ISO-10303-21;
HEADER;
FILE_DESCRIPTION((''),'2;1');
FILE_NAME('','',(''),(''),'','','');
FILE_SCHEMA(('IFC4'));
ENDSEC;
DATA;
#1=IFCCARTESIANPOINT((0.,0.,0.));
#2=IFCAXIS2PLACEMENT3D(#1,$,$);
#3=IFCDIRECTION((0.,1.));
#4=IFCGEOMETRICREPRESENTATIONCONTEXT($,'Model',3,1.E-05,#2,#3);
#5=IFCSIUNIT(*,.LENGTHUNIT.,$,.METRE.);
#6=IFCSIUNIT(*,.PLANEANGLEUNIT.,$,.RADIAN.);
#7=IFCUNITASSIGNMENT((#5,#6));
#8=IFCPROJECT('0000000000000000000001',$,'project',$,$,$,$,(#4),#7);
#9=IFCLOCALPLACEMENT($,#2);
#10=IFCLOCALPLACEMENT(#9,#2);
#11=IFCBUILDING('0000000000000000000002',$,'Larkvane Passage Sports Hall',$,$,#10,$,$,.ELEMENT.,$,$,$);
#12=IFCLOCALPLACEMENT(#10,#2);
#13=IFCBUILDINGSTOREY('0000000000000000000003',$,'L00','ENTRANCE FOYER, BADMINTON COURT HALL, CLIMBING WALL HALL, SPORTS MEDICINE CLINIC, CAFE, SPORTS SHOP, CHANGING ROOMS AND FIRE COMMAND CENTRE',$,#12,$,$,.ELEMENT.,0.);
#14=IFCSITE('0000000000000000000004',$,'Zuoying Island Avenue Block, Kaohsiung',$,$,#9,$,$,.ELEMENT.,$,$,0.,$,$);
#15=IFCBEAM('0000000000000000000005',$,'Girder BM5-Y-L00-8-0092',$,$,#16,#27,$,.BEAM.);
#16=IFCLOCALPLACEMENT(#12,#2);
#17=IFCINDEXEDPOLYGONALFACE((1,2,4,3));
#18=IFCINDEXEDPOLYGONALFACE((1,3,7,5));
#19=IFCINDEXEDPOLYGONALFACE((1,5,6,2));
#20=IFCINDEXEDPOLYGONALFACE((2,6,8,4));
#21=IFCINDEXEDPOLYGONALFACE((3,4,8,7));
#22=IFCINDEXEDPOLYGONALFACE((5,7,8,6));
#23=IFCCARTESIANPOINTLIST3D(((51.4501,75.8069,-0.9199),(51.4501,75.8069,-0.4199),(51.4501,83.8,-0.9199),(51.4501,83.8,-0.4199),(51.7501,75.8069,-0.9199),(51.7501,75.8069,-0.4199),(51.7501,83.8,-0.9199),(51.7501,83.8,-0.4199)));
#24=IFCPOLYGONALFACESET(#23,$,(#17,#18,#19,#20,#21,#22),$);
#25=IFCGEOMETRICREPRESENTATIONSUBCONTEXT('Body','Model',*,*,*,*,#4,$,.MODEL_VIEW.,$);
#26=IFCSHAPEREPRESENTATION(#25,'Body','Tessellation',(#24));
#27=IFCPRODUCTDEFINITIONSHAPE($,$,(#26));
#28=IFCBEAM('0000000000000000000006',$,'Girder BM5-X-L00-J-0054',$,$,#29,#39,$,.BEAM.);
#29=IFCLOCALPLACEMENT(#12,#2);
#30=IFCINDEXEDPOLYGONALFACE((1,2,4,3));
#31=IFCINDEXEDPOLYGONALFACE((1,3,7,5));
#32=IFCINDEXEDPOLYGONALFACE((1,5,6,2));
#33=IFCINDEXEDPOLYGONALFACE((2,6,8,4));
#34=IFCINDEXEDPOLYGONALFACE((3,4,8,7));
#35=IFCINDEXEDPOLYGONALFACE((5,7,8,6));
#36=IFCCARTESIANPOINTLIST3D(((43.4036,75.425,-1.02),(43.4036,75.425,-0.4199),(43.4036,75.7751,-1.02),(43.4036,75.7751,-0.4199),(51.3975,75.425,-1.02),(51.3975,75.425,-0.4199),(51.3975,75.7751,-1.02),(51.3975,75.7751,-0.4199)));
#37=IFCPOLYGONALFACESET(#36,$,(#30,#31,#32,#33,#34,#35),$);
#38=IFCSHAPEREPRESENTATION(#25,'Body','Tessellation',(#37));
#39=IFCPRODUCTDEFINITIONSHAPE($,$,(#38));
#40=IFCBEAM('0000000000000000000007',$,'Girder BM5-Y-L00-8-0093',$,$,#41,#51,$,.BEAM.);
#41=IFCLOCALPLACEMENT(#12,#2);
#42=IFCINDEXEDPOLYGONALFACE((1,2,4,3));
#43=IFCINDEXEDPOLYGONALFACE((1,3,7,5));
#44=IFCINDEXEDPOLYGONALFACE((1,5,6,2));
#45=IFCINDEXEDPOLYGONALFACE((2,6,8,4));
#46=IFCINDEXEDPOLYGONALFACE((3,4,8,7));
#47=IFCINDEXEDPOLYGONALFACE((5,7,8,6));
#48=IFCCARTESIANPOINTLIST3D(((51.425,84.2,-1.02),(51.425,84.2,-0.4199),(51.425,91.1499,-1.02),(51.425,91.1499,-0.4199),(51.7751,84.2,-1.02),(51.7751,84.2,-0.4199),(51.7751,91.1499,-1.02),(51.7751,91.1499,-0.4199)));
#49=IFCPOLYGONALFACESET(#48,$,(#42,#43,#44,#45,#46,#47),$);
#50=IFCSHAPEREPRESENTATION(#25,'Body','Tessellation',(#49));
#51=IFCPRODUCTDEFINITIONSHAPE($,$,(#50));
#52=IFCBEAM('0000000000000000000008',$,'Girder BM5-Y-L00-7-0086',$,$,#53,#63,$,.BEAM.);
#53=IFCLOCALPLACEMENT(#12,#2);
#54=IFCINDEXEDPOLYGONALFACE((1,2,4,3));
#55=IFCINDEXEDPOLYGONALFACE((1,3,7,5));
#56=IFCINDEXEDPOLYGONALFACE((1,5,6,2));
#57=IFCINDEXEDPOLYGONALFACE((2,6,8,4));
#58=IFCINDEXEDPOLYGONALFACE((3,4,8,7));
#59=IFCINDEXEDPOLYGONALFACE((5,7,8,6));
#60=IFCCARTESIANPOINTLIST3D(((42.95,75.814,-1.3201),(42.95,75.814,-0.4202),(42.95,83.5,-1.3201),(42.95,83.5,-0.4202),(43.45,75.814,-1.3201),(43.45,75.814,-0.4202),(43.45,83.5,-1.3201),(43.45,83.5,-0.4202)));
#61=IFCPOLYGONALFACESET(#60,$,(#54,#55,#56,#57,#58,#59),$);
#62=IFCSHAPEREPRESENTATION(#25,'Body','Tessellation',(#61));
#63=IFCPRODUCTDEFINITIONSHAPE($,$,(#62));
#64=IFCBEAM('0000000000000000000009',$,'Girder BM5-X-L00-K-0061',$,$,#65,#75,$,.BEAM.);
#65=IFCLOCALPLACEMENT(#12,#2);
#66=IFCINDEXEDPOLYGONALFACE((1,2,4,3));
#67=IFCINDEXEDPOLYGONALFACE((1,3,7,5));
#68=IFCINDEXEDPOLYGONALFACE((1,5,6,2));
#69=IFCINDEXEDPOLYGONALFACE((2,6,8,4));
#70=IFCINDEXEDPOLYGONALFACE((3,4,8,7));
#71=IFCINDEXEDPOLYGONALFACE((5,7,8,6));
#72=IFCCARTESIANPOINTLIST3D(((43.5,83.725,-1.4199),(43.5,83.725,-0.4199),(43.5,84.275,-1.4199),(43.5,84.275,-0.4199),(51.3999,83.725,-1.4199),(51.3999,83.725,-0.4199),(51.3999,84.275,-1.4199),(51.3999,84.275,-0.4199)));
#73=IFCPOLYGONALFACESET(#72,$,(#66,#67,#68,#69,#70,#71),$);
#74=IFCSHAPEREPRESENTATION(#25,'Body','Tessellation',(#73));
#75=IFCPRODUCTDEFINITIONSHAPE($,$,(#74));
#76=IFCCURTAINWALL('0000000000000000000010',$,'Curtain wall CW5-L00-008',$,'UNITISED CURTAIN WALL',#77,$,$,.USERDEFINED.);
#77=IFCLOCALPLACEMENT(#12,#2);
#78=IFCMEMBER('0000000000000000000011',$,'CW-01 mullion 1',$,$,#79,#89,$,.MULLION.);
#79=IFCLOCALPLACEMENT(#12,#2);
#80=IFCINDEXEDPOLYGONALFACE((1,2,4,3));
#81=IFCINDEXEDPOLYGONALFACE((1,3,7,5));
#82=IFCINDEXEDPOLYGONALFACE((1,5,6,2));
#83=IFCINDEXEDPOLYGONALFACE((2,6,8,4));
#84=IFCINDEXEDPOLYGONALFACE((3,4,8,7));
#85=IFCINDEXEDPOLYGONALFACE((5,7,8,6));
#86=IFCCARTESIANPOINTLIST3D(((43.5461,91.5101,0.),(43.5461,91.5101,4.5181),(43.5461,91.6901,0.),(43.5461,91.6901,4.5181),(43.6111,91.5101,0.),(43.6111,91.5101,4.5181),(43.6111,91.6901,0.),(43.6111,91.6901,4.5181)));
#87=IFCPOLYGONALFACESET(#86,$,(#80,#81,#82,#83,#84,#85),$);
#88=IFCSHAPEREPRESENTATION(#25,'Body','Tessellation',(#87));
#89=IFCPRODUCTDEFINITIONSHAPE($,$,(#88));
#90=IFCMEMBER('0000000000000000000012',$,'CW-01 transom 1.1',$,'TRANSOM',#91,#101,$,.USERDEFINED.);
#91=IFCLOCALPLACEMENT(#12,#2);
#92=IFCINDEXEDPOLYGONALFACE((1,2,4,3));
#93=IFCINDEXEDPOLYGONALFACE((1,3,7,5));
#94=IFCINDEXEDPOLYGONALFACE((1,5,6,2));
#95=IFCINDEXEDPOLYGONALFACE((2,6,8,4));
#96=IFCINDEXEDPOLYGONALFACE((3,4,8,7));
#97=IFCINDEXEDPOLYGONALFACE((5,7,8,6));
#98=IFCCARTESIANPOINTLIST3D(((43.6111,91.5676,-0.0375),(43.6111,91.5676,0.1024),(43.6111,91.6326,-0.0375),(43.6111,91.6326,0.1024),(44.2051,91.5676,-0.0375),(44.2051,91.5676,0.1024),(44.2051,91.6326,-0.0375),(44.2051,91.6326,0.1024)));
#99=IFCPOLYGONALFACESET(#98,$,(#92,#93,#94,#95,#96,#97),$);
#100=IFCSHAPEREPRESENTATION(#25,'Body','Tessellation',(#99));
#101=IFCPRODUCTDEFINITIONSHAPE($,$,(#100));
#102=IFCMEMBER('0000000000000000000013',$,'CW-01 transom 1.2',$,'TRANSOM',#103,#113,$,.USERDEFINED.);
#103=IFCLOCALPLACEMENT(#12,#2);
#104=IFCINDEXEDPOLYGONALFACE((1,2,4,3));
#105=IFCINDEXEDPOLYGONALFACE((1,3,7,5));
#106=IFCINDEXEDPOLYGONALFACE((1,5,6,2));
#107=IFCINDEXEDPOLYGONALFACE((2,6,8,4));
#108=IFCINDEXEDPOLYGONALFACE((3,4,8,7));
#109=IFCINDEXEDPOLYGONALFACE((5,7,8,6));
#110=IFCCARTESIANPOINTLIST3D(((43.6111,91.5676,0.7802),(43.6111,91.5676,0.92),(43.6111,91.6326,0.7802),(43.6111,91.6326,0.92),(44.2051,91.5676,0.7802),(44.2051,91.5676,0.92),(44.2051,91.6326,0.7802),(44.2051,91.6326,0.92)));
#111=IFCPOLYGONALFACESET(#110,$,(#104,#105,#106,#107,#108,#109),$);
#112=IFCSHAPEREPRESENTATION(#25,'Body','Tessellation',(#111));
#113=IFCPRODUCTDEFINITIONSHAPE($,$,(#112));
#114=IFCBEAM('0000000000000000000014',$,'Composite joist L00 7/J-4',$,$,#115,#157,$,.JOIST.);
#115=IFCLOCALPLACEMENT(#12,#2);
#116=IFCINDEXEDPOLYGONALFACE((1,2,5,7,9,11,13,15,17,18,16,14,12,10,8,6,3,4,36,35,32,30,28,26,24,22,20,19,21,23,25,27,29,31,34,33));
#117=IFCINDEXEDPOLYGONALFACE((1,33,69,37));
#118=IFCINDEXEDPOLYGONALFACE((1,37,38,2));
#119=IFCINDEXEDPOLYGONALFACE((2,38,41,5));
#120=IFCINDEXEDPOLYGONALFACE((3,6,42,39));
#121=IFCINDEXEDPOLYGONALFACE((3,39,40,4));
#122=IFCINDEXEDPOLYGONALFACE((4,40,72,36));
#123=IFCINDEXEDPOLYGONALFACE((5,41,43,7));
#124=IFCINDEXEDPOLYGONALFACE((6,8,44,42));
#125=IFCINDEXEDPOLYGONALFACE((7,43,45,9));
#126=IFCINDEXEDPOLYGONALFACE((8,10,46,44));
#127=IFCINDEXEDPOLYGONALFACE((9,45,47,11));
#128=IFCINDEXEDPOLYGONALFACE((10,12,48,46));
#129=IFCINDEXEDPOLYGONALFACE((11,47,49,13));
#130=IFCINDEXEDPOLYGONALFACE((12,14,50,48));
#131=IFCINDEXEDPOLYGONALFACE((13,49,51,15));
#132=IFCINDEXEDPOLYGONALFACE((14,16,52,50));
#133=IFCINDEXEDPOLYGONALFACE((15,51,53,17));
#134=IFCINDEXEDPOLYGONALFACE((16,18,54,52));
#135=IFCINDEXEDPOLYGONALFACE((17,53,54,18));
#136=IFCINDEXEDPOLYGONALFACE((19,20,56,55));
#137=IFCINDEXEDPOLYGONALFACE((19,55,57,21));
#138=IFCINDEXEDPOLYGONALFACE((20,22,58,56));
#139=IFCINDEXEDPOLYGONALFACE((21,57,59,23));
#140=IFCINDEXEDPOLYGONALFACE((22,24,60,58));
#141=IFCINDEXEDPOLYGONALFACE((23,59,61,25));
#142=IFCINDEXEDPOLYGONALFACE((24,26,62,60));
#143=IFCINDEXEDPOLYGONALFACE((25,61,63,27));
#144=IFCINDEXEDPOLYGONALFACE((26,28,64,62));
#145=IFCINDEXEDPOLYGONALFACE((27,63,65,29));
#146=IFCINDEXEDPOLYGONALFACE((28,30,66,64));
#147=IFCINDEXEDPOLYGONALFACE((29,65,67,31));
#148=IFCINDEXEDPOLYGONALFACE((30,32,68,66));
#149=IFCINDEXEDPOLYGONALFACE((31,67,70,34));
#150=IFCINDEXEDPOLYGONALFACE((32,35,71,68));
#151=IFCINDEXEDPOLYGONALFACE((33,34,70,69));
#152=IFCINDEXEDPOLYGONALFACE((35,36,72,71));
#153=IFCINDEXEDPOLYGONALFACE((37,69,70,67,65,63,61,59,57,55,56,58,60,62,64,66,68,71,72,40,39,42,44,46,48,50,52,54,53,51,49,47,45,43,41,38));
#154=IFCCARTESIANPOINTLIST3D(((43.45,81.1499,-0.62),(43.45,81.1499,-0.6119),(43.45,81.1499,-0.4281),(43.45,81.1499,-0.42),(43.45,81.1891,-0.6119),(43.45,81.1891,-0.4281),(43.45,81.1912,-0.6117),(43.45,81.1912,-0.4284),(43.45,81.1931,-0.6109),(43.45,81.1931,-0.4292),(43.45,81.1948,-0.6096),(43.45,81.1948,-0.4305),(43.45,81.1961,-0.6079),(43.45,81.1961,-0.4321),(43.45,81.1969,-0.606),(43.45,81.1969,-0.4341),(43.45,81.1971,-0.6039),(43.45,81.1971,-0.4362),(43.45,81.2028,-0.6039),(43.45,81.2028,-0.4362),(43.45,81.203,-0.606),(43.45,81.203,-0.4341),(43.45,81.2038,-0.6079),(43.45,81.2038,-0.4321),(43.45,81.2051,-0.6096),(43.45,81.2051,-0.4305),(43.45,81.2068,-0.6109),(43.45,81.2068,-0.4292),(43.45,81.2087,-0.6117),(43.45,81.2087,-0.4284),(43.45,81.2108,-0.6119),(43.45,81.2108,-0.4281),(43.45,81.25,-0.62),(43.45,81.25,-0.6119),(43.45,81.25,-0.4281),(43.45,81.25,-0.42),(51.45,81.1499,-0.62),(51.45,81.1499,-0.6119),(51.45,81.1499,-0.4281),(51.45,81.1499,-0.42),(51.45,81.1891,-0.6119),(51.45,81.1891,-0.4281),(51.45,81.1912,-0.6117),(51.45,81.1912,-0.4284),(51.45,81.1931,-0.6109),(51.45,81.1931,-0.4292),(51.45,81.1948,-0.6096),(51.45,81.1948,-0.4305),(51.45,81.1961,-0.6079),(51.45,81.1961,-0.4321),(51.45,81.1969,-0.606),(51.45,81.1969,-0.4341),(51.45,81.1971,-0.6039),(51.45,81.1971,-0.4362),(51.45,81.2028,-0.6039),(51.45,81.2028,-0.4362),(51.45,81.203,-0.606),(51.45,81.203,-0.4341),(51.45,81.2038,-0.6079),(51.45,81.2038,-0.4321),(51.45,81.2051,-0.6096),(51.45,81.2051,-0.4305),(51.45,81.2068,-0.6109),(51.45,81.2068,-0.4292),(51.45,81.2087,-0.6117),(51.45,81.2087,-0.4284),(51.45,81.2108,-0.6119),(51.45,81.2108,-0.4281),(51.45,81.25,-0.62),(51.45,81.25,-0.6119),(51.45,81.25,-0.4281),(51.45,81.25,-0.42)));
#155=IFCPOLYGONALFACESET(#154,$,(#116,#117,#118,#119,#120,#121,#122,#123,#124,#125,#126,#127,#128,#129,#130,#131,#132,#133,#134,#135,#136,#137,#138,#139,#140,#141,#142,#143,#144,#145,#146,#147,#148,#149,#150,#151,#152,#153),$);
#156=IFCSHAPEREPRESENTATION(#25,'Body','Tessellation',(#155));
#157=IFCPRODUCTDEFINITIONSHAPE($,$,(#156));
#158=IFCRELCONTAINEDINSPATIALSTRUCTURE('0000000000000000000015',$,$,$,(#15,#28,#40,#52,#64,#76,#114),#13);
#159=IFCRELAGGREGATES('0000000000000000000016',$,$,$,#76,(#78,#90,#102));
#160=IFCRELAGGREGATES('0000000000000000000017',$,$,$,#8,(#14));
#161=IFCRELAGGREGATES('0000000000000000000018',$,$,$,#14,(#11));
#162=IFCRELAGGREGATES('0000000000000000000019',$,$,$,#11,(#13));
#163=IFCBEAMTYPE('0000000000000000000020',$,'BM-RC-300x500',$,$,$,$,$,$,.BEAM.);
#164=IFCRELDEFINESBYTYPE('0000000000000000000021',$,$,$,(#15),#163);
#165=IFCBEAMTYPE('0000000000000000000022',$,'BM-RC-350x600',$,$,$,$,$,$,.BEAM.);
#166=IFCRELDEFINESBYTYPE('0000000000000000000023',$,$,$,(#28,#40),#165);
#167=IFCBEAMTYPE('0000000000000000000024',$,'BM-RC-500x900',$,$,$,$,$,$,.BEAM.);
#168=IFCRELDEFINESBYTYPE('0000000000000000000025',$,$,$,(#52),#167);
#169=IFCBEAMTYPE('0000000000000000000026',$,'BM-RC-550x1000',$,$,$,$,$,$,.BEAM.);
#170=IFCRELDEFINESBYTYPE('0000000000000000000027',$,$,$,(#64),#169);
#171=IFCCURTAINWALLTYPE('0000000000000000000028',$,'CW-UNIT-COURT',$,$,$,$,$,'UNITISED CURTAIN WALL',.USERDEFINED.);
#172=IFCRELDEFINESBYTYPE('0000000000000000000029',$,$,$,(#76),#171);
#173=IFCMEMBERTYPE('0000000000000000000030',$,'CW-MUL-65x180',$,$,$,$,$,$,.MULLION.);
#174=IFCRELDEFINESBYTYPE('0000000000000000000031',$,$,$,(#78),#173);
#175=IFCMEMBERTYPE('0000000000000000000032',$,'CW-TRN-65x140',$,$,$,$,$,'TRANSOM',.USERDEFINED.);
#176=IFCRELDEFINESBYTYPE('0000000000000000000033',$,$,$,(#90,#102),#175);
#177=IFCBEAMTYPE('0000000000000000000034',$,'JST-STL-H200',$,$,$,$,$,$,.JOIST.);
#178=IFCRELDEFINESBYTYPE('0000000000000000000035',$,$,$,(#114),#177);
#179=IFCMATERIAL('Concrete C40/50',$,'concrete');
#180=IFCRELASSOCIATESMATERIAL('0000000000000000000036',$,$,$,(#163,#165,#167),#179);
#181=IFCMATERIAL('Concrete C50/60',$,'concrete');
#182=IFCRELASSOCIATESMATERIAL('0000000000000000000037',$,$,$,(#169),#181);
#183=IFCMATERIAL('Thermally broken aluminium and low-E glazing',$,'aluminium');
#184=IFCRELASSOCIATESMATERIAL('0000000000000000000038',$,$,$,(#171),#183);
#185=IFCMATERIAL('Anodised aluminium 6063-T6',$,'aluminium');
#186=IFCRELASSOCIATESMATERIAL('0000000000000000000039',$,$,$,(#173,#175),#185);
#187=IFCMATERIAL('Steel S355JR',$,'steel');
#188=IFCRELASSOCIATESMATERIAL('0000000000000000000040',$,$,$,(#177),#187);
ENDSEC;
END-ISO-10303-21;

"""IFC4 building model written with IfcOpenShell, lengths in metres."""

from ifc_helpers import new_model, si_unit, direction, frame, origin, origin_2d, place, context, subcontext, project, spatial, rectangle, i_section, extrude, material, material_profile, profile_set, type_object, element, aggregate, save


model = new_model("IFC4")

# Units and contexts
model_context = context("Model", 3, precision=1e-05, world=origin(), true_north=direction((0.0, 1.0)))
body_context = subcontext(model_context, "Body", "Model", "MODEL_VIEW")
ifc_project = project(units=[si_unit("LENGTHUNIT", "METRE"), si_unit("PLANEANGLEUNIT", "RADIAN")], contexts=[model_context])

# Site, building, storey
site_placement = place(None, origin())
site = spatial("IfcSite", under=ifc_project, at=site_placement, Name="Zuoying Island Avenue Block, Kaohsiung", CompositionType="ELEMENT", RefElevation=0.0)
building_placement = place(site_placement, origin())
building = spatial("IfcBuilding", under=site, at=building_placement, Name="Larkvane Passage Sports Hall", CompositionType="ELEMENT")
storey_placement = place(building_placement, origin())
storey = spatial("IfcBuildingStorey", under=building, at=storey_placement, Name="L00", Description="ENTRANCE FOYER, BADMINTON COURT HALL, CLIMBING WALL HALL, SPORTS MEDICINE CLINIC, CAFE, SPORTS SHOP, CHANGING ROOMS AND FIRE COMMAND CENTRE", CompositionType="ELEMENT", Elevation=0.0)

# Shared definitions
ifc_material_1 = material(Name="Concrete C40/50", Category="concrete")
ifc_material_2 = material(Name="Steel S355JR", Category="steel")

# Beams
ifc_material_profile_1 = material_profile(ifc_material_1, rectangle(XDim=0.3, YDim=0.5, at=origin_2d()), Name="RC-BM-300x500")
ifc_profile_set_1 = profile_set([ifc_material_profile_1], Name="Concrete C40/50")
beam_type_1 = type_object("IfcBeamType", Name="BM-RC-300x500", PredefinedType="BEAM", material=ifc_profile_set_1)
beam_1_placement = place(storey_placement, frame((51.6001, 75.8069, -0.6699), z_axis=(0.0, 1.0, 0.0), x_axis=(-1.0, 0.0, 0.0)))
element("IfcBeam", 1, at=beam_1_placement, inside=storey, type_object=beam_type_1, Name="Girder BM5-Y-L00-8-0092", PredefinedType="BEAM", context=body_context, shape_type="SweptSolid", body=[
    extrude(rectangle(XDim=0.3, YDim=0.5, at=origin_2d()), origin(), (0.0, 0.0, 1.0), 7.9932),
])
ifc_material_profile_2 = material_profile(ifc_material_1, rectangle(XDim=0.3501, YDim=0.6001, at=origin_2d()), Name="RC-BM-350x600")
ifc_profile_set_2 = profile_set([ifc_material_profile_2], Name="Concrete C40/50")
beam_type_2 = type_object("IfcBeamType", Name="BM-RC-350x600", PredefinedType="BEAM", material=ifc_profile_set_2)
beam_2_placement = place(storey_placement, frame((43.4036, 75.6001, -0.72), z_axis=(1.0, 0.0, 0.0), x_axis=(0.0, 1.0, 0.0)))
element("IfcBeam", 2, at=beam_2_placement, inside=storey, type_object=beam_type_2, Name="Girder BM5-X-L00-J-0054", PredefinedType="BEAM", context=body_context, shape_type="SweptSolid", body=[
    extrude(rectangle(XDim=0.3501, YDim=0.6001, at=origin_2d()), origin(), (0.0, 0.0, 1.0), 7.9939),
])
beam_3_placement = place(storey_placement, frame((51.6001, 84.2, -0.72), z_axis=(0.0, 1.0, 0.0), x_axis=(-1.0, 0.0, 0.0)))
element("IfcBeam", 3, at=beam_3_placement, inside=storey, type_object=beam_type_2, Name="Girder BM5-Y-L00-8-0093", PredefinedType="BEAM", context=body_context, shape_type="SweptSolid", body=[
    extrude(rectangle(XDim=0.3501, YDim=0.6001, at=origin_2d()), origin(), (0.0, 0.0, 1.0), 6.95),
])
ifc_material_profile_3 = material_profile(ifc_material_1, rectangle(XDim=0.5, YDim=0.8999, at=origin_2d()), Name="RC-BM-500x900")
ifc_profile_set_3 = profile_set([ifc_material_profile_3], Name="Concrete C40/50")
beam_type_3 = type_object("IfcBeamType", Name="BM-RC-500x900", PredefinedType="BEAM", material=ifc_profile_set_3)
beam_4_placement = place(storey_placement, frame((43.2, 75.814, -0.8701), z_axis=(0.0, 1.0, 0.0), x_axis=(-1.0, 0.0, 0.0)))
element("IfcBeam", 4, at=beam_4_placement, inside=storey, type_object=beam_type_3, Name="Girder BM5-Y-L00-7-0086", PredefinedType="BEAM", context=body_context, shape_type="SweptSolid", body=[
    extrude(rectangle(XDim=0.5, YDim=0.8999, at=origin_2d()), origin(), (0.0, 0.0, 1.0), 7.686),
])
ifc_material_3 = material(Name="Concrete C50/60", Category="concrete")
ifc_material_profile_4 = material_profile(ifc_material_3, rectangle(XDim=0.55, YDim=1.0, at=origin_2d()), Name="RC-BM-550x1000")
ifc_profile_set_4 = profile_set([ifc_material_profile_4], Name="Concrete C50/60")
beam_type_4 = type_object("IfcBeamType", Name="BM-RC-550x1000", PredefinedType="BEAM", material=ifc_profile_set_4)
beam_5_placement = place(storey_placement, frame((43.5, 84.0, -0.9199), z_axis=(1.0, 0.0, 0.0), x_axis=(0.0, 1.0, 0.0)))
element("IfcBeam", 5, at=beam_5_placement, inside=storey, type_object=beam_type_4, Name="Girder BM5-X-L00-K-0061", PredefinedType="BEAM", context=body_context, shape_type="SweptSolid", body=[
    extrude(rectangle(XDim=0.55, YDim=1.0, at=origin_2d()), origin(), (0.0, 0.0, 1.0), 7.8999),
])

# Curtain wall, members
ifc_material_4 = material(Name="Thermally broken aluminium and low-E glazing", Category="aluminium")
curtain_wall_type = type_object("IfcCurtainWallType", Name="CW-UNIT-COURT", ElementType="UNITISED CURTAIN WALL", PredefinedType="USERDEFINED", material=ifc_material_4)
curtain_wall_placement = place(storey_placement, origin())
curtain_wall = element("IfcCurtainWall", 6, at=curtain_wall_placement, inside=storey, type_object=curtain_wall_type, Name="Curtain wall CW5-L00-008", ObjectType="UNITISED CURTAIN WALL", PredefinedType="USERDEFINED")
ifc_material_5 = material(Name="Anodised aluminium 6063-T6", Category="aluminium")
ifc_material_profile_5 = material_profile(ifc_material_5, rectangle(XDim=0.0649, YDim=0.1799, at=origin_2d()), Name="ALU-MUL-65x180")
ifc_profile_set_5 = profile_set([ifc_material_profile_5], Name="Anodised aluminium 6063-T6")
member_type_1 = type_object("IfcMemberType", Name="CW-MUL-65x180", PredefinedType="MULLION", material=ifc_profile_set_5)
member_1_placement = place(storey_placement, frame((43.5786, 91.6001, 0.0), z_axis=(0.0, 0.0, 1.0), x_axis=(1.0, 0.0, 0.0)))
member_1 = element("IfcMember", 7, at=member_1_placement, type_object=member_type_1, Name="CW-01 mullion 1", PredefinedType="MULLION", context=body_context, shape_type="SweptSolid", body=[
    extrude(rectangle(XDim=0.0649, YDim=0.1799, at=origin_2d()), origin(), (0.0, 0.0, 1.0), 4.5181),
])
ifc_material_profile_6 = material_profile(ifc_material_5, rectangle(XDim=0.0649, YDim=0.1399, at=origin_2d()), Name="ALU-TRN-65x140")
ifc_profile_set_6 = profile_set([ifc_material_profile_6], Name="Anodised aluminium 6063-T6")
member_type_2 = type_object("IfcMemberType", Name="CW-TRN-65x140", ElementType="TRANSOM", PredefinedType="USERDEFINED", material=ifc_profile_set_6)
member_2_placement = place(storey_placement, frame((43.6111, 91.6001, 0.0325), z_axis=(1.0, 0.0, 0.0), x_axis=(0.0, 1.0, 0.0)))
member_2 = element("IfcMember", 8, at=member_2_placement, type_object=member_type_2, Name="CW-01 transom 1.1", ObjectType="TRANSOM", PredefinedType="USERDEFINED", context=body_context, shape_type="SweptSolid", body=[
    extrude(rectangle(XDim=0.0649, YDim=0.1399, at=origin_2d()), origin(), (0.0, 0.0, 1.0), 0.594),
])
member_3_placement = place(storey_placement, frame((43.6111, 91.6001, 0.8501), z_axis=(1.0, 0.0, 0.0), x_axis=(0.0, 1.0, 0.0)))
member_3 = element("IfcMember", 9, at=member_3_placement, type_object=member_type_2, Name="CW-01 transom 1.2", ObjectType="TRANSOM", PredefinedType="USERDEFINED", context=body_context, shape_type="SweptSolid", body=[
    extrude(rectangle(XDim=0.0649, YDim=0.1399, at=origin_2d()), origin(), (0.0, 0.0, 1.0), 0.594),
])
aggregate(curtain_wall, [member_1, member_2, member_3])

# Beam
ifc_material_profile_7 = material_profile(ifc_material_2, i_section(OverallWidth=0.1001, OverallDepth=0.2, WebThickness=0.0056, FlangeThickness=0.0081, FilletRadius=0.0081, at=origin_2d()), Name="H-200x100x5.5x8")
ifc_profile_set_7 = profile_set([ifc_material_profile_7], Name="Steel S355JR")
beam_type_5 = type_object("IfcBeamType", Name="JST-STL-H200", PredefinedType="JOIST", material=ifc_profile_set_7)
beam_6_placement = place(storey_placement, frame((43.45, 81.2, -0.52), z_axis=(1.0, 0.0, 0.0), x_axis=(0.0, 1.0, 0.0)))
element("IfcBeam", 10, at=beam_6_placement, inside=storey, type_object=beam_type_5, Name="Composite joist L00 7/J-4", PredefinedType="JOIST", context=body_context, shape_type="SweptSolid", body=[
    extrude(i_section(OverallWidth=0.1001, OverallDepth=0.2, WebThickness=0.0056, FlangeThickness=0.0081, FilletRadius=0.0081, at=origin_2d()), origin(), (0.0, 0.0, 1.0), 8.0),
])

save(model, "model.ifc")
